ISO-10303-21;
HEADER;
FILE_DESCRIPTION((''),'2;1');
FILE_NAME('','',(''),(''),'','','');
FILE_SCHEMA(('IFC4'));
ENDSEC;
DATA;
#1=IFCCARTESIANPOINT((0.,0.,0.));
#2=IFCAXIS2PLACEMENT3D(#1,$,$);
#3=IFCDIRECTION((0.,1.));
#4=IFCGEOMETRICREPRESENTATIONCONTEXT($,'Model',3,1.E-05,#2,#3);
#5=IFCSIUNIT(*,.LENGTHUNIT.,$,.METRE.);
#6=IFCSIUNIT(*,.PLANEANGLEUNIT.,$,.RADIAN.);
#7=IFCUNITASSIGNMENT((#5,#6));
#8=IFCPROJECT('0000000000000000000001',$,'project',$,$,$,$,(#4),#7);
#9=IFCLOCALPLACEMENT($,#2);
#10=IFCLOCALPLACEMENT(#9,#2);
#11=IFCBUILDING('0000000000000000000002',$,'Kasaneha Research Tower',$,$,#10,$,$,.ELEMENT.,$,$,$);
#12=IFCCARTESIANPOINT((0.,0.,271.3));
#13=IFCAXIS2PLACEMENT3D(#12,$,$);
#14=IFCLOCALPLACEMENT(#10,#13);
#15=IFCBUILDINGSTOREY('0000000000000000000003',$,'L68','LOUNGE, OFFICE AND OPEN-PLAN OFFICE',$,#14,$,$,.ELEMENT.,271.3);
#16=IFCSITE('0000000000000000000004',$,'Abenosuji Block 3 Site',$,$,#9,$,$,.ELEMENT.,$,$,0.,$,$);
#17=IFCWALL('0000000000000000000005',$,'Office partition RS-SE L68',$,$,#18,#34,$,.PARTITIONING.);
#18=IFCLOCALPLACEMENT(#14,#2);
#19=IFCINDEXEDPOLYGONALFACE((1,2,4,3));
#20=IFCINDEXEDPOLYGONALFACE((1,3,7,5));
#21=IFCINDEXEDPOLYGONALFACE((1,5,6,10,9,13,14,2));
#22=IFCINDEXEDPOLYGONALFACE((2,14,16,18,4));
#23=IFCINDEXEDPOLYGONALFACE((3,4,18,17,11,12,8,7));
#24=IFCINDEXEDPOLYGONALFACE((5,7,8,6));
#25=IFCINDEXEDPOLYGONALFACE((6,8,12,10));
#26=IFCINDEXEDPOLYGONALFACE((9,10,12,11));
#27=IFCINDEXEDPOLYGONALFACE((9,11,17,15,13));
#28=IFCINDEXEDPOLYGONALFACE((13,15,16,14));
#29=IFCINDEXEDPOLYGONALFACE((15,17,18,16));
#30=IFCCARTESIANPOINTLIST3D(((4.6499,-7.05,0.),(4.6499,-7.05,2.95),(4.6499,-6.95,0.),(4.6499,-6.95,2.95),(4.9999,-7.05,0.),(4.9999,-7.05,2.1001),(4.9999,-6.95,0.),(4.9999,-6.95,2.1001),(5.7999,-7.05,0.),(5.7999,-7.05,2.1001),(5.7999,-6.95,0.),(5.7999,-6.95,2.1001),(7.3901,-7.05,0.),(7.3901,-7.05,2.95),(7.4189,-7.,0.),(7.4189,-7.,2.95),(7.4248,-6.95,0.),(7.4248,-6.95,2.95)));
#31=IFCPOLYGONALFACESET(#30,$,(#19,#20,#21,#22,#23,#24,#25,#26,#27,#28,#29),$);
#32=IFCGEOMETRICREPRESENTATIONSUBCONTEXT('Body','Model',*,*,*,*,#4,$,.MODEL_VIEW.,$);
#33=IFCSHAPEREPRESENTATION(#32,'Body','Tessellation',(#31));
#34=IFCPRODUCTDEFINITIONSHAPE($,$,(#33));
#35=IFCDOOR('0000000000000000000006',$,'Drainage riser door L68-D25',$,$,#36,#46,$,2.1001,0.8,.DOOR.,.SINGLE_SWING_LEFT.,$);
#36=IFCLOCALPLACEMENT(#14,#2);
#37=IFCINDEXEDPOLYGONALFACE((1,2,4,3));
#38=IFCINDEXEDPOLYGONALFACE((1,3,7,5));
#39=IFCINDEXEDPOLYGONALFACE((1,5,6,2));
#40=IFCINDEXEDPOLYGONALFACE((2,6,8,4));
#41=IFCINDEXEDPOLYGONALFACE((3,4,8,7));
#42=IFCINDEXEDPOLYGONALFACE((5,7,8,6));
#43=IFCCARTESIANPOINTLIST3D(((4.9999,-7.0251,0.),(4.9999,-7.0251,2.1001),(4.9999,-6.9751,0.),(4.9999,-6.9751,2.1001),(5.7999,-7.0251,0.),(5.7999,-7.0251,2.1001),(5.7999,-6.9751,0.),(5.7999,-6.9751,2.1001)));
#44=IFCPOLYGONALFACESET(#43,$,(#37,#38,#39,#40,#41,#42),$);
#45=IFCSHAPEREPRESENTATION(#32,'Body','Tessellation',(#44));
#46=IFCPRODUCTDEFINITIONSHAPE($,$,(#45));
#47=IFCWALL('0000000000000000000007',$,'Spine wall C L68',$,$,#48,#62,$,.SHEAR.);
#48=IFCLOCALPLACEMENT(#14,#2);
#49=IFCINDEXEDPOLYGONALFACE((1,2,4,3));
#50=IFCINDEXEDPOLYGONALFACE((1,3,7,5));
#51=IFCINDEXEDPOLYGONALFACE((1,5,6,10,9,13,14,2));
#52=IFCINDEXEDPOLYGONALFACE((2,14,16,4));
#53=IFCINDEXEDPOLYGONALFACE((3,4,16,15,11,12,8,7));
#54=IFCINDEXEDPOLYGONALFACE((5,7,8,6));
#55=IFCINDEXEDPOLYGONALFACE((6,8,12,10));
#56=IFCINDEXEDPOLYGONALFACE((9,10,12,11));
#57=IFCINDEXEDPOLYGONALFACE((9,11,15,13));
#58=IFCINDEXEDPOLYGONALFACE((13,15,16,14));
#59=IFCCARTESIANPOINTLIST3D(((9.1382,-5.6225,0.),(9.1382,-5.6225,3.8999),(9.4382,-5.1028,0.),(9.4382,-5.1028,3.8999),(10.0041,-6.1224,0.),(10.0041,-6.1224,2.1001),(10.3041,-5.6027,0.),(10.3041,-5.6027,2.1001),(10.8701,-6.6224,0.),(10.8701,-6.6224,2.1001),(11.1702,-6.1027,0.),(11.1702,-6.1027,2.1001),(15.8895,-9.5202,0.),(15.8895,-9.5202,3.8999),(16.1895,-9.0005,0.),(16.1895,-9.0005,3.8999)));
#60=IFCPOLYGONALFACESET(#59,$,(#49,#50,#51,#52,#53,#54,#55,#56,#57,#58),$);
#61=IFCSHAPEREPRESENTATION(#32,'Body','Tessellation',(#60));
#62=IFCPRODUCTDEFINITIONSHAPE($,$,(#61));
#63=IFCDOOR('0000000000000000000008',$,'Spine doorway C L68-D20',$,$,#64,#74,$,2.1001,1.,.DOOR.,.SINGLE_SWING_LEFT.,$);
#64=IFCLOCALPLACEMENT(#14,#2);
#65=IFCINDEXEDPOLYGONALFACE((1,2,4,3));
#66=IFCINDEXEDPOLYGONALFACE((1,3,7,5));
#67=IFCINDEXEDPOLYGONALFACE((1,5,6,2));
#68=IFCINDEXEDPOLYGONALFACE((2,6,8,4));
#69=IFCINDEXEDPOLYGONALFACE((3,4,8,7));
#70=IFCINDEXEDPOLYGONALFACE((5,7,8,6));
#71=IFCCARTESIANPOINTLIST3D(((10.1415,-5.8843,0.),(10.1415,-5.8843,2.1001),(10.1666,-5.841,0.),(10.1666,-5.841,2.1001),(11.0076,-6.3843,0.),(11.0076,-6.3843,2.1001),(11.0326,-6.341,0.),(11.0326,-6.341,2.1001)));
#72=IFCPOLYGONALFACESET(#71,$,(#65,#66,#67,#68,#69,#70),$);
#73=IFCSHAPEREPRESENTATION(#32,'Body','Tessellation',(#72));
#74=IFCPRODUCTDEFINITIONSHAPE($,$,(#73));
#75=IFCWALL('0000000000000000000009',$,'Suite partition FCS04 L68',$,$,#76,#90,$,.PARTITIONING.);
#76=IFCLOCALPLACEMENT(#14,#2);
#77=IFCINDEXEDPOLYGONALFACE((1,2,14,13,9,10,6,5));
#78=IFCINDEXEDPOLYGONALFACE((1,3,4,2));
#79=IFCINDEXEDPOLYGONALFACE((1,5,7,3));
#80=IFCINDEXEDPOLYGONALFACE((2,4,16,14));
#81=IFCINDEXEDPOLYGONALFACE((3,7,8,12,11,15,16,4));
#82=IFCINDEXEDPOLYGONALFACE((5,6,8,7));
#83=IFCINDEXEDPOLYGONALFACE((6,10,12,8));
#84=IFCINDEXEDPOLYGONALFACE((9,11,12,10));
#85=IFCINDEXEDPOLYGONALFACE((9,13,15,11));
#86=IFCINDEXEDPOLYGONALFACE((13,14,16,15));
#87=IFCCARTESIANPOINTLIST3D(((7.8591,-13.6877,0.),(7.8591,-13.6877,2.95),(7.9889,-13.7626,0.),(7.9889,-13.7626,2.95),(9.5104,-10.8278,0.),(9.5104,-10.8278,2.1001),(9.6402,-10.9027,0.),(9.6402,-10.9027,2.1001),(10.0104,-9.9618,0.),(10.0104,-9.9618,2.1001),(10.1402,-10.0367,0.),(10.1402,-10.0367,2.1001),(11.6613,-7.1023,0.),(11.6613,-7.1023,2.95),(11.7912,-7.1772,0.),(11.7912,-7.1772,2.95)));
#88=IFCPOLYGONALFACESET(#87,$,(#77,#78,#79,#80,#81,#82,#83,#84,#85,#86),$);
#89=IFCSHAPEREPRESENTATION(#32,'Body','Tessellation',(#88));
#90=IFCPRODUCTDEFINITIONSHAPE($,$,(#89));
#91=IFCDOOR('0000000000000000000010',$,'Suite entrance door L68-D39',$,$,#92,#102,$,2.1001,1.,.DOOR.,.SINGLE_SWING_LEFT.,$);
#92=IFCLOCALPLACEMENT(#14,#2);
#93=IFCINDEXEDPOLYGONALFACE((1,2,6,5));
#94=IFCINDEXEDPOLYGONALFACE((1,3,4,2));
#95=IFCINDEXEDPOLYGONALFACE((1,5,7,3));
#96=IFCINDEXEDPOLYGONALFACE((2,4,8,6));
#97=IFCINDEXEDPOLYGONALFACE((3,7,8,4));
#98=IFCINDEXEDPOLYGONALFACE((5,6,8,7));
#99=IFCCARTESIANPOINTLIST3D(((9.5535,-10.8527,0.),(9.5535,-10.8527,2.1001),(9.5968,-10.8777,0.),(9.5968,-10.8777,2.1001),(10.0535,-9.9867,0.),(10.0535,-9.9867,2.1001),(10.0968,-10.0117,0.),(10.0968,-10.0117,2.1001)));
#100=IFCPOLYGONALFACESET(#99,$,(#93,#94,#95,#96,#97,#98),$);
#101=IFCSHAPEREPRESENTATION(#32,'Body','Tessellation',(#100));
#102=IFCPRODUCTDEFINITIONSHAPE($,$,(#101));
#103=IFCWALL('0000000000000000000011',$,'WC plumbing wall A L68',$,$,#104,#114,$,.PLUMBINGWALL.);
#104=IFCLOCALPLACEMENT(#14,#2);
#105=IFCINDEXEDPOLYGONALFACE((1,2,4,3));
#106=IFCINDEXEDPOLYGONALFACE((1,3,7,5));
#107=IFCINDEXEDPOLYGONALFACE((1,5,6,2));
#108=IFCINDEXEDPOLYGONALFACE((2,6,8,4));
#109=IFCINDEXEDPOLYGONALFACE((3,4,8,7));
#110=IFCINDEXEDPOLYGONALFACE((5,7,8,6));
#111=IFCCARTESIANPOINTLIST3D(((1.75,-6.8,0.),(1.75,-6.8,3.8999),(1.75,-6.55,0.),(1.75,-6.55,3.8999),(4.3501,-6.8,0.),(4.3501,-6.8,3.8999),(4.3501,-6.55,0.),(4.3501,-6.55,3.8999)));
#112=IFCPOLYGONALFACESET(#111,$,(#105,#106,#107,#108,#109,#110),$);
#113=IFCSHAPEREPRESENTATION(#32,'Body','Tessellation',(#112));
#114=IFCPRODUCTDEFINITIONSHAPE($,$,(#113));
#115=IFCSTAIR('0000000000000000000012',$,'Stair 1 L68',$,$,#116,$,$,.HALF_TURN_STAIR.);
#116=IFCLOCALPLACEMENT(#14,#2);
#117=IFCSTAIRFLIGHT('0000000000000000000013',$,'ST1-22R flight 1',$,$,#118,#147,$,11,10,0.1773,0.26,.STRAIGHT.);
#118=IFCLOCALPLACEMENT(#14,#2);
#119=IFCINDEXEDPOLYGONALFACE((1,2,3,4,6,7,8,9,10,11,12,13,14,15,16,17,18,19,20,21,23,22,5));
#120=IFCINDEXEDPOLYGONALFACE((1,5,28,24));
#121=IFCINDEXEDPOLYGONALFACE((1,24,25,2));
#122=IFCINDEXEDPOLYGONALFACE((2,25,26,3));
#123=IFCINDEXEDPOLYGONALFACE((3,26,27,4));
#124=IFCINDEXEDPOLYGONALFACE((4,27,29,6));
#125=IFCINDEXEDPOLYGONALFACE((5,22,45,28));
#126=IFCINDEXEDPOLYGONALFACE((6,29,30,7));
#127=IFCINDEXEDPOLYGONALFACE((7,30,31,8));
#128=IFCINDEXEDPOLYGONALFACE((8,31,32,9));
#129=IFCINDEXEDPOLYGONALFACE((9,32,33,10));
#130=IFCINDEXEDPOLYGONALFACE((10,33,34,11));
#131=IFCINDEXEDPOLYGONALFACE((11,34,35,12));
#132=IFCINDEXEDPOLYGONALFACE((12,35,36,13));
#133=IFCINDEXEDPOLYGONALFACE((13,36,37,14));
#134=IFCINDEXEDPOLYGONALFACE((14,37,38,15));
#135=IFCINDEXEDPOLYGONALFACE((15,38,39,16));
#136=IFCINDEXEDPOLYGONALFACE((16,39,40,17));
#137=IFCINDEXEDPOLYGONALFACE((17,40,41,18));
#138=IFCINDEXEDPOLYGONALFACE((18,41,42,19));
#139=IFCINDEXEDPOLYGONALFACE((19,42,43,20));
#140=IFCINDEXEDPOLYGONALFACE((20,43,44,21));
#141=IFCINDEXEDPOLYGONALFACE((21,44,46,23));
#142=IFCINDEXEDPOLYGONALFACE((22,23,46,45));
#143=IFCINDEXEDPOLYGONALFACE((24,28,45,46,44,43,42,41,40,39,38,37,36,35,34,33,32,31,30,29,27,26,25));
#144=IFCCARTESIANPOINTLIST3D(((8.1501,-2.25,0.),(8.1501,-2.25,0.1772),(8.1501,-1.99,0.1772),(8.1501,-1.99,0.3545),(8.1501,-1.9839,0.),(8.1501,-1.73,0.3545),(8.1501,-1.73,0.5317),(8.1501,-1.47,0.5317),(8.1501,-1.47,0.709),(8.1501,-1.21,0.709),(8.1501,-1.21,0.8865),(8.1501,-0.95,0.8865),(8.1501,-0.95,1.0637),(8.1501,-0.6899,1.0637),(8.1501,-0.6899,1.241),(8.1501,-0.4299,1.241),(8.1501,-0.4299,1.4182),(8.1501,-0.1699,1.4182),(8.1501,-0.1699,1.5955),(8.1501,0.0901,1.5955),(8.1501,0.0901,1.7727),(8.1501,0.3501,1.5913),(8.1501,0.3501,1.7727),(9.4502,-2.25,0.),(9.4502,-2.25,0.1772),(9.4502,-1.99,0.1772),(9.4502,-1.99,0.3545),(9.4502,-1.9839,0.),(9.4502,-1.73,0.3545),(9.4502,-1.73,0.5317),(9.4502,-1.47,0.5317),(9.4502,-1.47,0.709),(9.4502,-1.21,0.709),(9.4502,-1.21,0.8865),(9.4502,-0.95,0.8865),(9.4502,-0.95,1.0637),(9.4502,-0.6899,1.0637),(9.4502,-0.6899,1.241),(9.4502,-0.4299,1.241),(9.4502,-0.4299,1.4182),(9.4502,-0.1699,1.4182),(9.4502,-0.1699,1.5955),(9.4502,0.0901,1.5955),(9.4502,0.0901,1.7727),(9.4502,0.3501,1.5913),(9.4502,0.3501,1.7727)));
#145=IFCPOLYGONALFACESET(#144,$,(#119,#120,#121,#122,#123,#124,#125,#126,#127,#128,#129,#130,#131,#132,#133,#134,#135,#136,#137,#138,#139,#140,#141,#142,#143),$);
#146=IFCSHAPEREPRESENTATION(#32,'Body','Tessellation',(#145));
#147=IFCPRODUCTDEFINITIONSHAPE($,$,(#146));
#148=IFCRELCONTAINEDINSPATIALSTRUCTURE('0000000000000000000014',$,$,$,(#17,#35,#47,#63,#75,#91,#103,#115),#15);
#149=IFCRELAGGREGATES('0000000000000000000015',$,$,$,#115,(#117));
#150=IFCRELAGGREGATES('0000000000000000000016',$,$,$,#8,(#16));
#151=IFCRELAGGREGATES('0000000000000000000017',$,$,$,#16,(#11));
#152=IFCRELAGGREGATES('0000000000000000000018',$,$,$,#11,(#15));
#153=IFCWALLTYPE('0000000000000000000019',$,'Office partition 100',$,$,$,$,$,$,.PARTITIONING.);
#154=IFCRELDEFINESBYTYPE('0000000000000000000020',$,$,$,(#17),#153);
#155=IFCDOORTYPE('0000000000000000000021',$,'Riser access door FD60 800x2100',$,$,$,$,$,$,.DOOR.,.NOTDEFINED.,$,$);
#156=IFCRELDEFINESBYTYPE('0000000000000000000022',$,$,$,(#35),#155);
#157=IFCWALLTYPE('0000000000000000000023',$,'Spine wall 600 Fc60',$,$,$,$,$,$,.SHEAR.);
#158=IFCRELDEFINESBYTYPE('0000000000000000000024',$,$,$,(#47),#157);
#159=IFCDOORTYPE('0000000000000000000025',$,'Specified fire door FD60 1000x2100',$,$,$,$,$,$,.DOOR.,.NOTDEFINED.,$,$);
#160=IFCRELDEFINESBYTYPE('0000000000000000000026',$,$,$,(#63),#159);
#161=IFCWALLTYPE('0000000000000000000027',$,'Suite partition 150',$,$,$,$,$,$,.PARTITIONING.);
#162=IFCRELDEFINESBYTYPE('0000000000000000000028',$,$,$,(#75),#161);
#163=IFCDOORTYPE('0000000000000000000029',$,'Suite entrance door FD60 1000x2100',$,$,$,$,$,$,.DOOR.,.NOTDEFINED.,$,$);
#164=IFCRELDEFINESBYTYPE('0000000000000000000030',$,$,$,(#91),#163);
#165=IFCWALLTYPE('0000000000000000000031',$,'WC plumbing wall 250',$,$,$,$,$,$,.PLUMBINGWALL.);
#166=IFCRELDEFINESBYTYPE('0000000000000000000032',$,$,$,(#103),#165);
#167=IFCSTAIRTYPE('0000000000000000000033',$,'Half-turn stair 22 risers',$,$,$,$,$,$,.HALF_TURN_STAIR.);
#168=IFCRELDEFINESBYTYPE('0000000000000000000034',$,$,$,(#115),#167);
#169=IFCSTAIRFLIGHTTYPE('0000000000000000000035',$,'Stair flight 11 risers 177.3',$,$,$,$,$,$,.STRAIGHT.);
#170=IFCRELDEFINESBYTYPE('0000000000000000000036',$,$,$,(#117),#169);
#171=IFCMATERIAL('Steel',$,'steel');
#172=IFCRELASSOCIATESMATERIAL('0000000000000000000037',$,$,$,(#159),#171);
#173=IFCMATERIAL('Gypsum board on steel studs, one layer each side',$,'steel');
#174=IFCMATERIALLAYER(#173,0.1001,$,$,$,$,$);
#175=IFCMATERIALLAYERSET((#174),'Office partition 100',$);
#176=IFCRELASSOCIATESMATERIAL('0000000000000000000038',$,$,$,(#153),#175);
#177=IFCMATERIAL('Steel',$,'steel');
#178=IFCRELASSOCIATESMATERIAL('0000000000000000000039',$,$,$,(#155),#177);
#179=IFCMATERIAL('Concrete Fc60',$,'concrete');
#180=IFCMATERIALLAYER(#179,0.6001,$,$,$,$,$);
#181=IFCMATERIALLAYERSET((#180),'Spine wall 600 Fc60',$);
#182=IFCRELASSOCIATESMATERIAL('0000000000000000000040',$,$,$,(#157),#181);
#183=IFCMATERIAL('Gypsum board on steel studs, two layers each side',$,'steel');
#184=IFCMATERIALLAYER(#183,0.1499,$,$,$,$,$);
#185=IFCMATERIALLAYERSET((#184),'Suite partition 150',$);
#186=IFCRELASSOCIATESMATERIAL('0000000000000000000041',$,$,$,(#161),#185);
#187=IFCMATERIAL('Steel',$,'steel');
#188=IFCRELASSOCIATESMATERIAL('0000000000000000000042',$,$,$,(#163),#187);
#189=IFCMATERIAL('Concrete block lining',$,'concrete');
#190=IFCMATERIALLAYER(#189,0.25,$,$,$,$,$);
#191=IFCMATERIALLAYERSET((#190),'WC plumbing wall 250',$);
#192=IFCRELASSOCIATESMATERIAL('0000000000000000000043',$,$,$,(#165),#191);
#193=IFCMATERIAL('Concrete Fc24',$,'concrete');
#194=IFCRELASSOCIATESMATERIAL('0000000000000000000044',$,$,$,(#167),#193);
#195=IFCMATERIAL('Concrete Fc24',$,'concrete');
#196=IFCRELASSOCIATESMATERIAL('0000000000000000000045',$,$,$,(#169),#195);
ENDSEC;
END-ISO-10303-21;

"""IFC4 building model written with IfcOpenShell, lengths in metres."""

from ifc_helpers import new_model, si_unit, direction, frame, frame_2d, origin, place, context, subcontext, project, spatial, polyline, rectangle, outline, extrude, material, layer, layer_set, type_object, element, fill, aggregate, save


model = new_model("IFC4")

# Units and contexts
model_context = context("Model", 3, precision=1e-05, world=origin(), true_north=direction((0.0, 1.0)))
body_context = subcontext(model_context, "Body", "Model", "MODEL_VIEW")
ifc_project = project(units=[si_unit("LENGTHUNIT", "METRE"), si_unit("PLANEANGLEUNIT", "RADIAN")], contexts=[model_context])

# Site, building, storey
site_placement = place(None, origin())
site = spatial("IfcSite", under=ifc_project, at=site_placement, Name="Abenosuji Block 3 Site", CompositionType="ELEMENT", RefElevation=0.0)
building_placement = place(site_placement, origin())
building = spatial("IfcBuilding", under=site, at=building_placement, Name="Kasaneha Research Tower", CompositionType="ELEMENT")
storey_placement = place(building_placement, frame((0.0, 0.0, 271.3)))
storey = spatial("IfcBuildingStorey", under=building, at=storey_placement, Name="L68", Description="LOUNGE, OFFICE AND OPEN-PLAN OFFICE", CompositionType="ELEMENT", Elevation=271.3)

# Shared definitions
ifc_material_1 = material(Name="Steel", Category="steel")
door_type_1 = type_object("IfcDoorType", Name="Specified fire door FD60 1000x2100", OperationType="NOTDEFINED", PredefinedType="DOOR", material=ifc_material_1)

# Walls, openings, doors
ifc_material_2 = material(Name="Gypsum board on steel studs, one layer each side", Category="steel")
ifc_layer_1 = layer(ifc_material_2, 0.1001)
ifc_layer_set_1 = layer_set([ifc_layer_1], Name="Office partition 100")
wall_type_1 = type_object("IfcWallType", Name="Office partition 100", PredefinedType="PARTITIONING", material=ifc_layer_set_1)
wall_1_placement = place(storey_placement, frame((4.6499, -7.0, 0.0), z_axis=(0.0, 0.0, 1.0), x_axis=(1.0, 0.0, 0.0)))
wall_1 = element("IfcWall", 1, at=wall_1_placement, inside=storey, type_object=wall_type_1, Name="Office partition RS-SE L68", PredefinedType="PARTITIONING", context=body_context, shape_type="SweptSolid", body=[
    extrude(outline(polyline([(0.0, -0.05), (0.3501, -0.05), (1.1501, -0.05), (2.7402, -0.05), (2.769, 0.0), (2.7749, 0.05), (1.1501, 0.05), (0.3501, 0.05), (0.0, 0.05), (0.0, -0.05)])), origin(), (0.0, 0.0, 1.0), 2.95),
])
opening_1_placement = place(wall_1_placement, frame((0.3501, 0.0, 0.0)))
opening_1 = element("IfcOpeningElement", 2, at=opening_1_placement, cuts=wall_1, PredefinedType="OPENING", context=body_context, shape_type="SweptSolid", body=[
    extrude(rectangle(XDim=0.8, YDim=2.1001, at=frame_2d((0.3999, 1.05))), frame((0.0, 0.0601, 0.0), z_axis=(0.0, -1.0, 0.0), x_axis=(1.0, 0.0, 0.0)), (0.0, 0.0, 1.0), 0.1201),
])
ifc_material_3 = material(Name="Steel", Category="steel")
door_type_2 = type_object("IfcDoorType", Name="Riser access door FD60 800x2100", OperationType="NOTDEFINED", PredefinedType="DOOR", material=ifc_material_3)
door_1_placement = place(opening_1_placement, origin())
door_1 = element("IfcDoor", 3, at=door_1_placement, inside=storey, type_object=door_type_2, Name="Drainage riser door L68-D25", OperationType="SINGLE_SWING_LEFT", OverallHeight=2.1001, OverallWidth=0.8, PredefinedType="DOOR", context=body_context, shape_type="SweptSolid", body=[
    extrude(rectangle(XDim=0.8, YDim=2.1001, at=frame_2d((0.3999, 1.05))), frame((0.0, 0.0249, 0.0), z_axis=(0.0, -1.0, 0.0), x_axis=(1.0, 0.0, 0.0)), (0.0, 0.0, 1.0), 0.05),
])
fill(opening_1, door_1)
ifc_material_4 = material(Name="Concrete Fc60", Category="concrete")
ifc_layer_2 = layer(ifc_material_4, 0.6001)
ifc_layer_set_2 = layer_set([ifc_layer_2], Name="Spine wall 600 Fc60")
wall_type_2 = type_object("IfcWallType", Name="Spine wall 600 Fc60", PredefinedType="SHEAR", material=ifc_layer_set_2)
wall_2_placement = place(storey_placement, frame((9.2881, -5.3625, 0.0), z_axis=(0.0, 0.0, 1.0), x_axis=(0.866032, -0.499989, 0.0)))
wall_2 = element("IfcWall", 4, at=wall_2_placement, inside=storey, type_object=wall_type_2, Name="Spine wall C L68", PredefinedType="SHEAR", context=body_context, shape_type="SweptSolid", body=[
    extrude(rectangle(XDim=7.7957, YDim=0.6001, at=frame_2d((3.8979, 0.0))), origin(), (0.0, 0.0, 1.0), 3.8999),
])
opening_2_placement = place(wall_2_placement, frame((1.0, 0.0, 0.0)))
opening_2 = element("IfcOpeningElement", 5, at=opening_2_placement, cuts=wall_2, PredefinedType="OPENING", context=body_context, shape_type="SweptSolid", body=[
    extrude(rectangle(XDim=1.0, YDim=2.1001, at=frame_2d((0.5, 1.05))), frame((0.0, 0.3101, 0.0), z_axis=(0.0, -1.0, 0.0), x_axis=(1.0, 0.0, 0.0)), (0.0, 0.0, 1.0), 0.6201),
])
door_2_placement = place(opening_2_placement, origin())
door_2 = element("IfcDoor", 6, at=door_2_placement, inside=storey, type_object=door_type_1, Name="Spine doorway C L68-D20", OperationType="SINGLE_SWING_LEFT", OverallHeight=2.1001, OverallWidth=1.0, PredefinedType="DOOR", context=body_context, shape_type="SweptSolid", body=[
    extrude(rectangle(XDim=1.0, YDim=2.1001, at=frame_2d((0.5, 1.05))), frame((0.0, 0.0249, 0.0), z_axis=(0.0, -1.0, 0.0), x_axis=(1.0, 0.0, 0.0)), (0.0, 0.0, 1.0), 0.05),
])
fill(opening_2, door_2)
ifc_material_5 = material(Name="Gypsum board on steel studs, two layers each side", Category="steel")
ifc_layer_3 = layer(ifc_material_5, 0.1499)
ifc_layer_set_3 = layer_set([ifc_layer_3], Name="Suite partition 150")
wall_type_3 = type_object("IfcWallType", Name="Suite partition 150", PredefinedType="PARTITIONING", material=ifc_layer_set_3)
wall_3_placement = place(storey_placement, frame((11.7263, -7.1396, 0.0), z_axis=(0.0, 0.0, 1.0), x_axis=(-0.500013, -0.866018, 0.0)))
wall_3 = element("IfcWall", 7, at=wall_3_placement, inside=storey, type_object=wall_type_3, Name="Suite partition FCS04 L68", PredefinedType="PARTITIONING", context=body_context, shape_type="SweptSolid", body=[
    extrude(rectangle(XDim=7.6042, YDim=0.1499, at=frame_2d((3.8022, 0.0))), origin(), (0.0, 0.0, 1.0), 2.95),
])
opening_3_placement = place(wall_3_placement, frame((3.302, 0.0, 0.0)))
opening_3 = element("IfcOpeningElement", 8, at=opening_3_placement, cuts=wall_3, PredefinedType="OPENING", context=body_context, shape_type="SweptSolid", body=[
    extrude(rectangle(XDim=1.0, YDim=2.1001, at=frame_2d((0.5, 1.05))), frame((0.0, 0.085, 0.0), z_axis=(0.0, -1.0, 0.0), x_axis=(1.0, 0.0, 0.0)), (0.0, 0.0, 1.0), 0.1699),
])
ifc_material_6 = material(Name="Steel", Category="steel")
door_type_3 = type_object("IfcDoorType", Name="Suite entrance door FD60 1000x2100", OperationType="NOTDEFINED", PredefinedType="DOOR", material=ifc_material_6)
door_3_placement = place(opening_3_placement, origin())
door_3 = element("IfcDoor", 9, at=door_3_placement, inside=storey, type_object=door_type_3, Name="Suite entrance door L68-D39", OperationType="SINGLE_SWING_LEFT", OverallHeight=2.1001, OverallWidth=1.0, PredefinedType="DOOR", context=body_context, shape_type="SweptSolid", body=[
    extrude(rectangle(XDim=1.0, YDim=2.1001, at=frame_2d((0.5, 1.05))), frame((0.0, 0.0249, 0.0), z_axis=(0.0, -1.0, 0.0), x_axis=(1.0, 0.0, 0.0)), (0.0, 0.0, 1.0), 0.05),
])
fill(opening_3, door_3)

# Wall
ifc_material_7 = material(Name="Concrete block lining", Category="concrete")
ifc_layer_4 = layer(ifc_material_7, 0.25)
ifc_layer_set_4 = layer_set([ifc_layer_4], Name="WC plumbing wall 250")
wall_type_4 = type_object("IfcWallType", Name="WC plumbing wall 250", PredefinedType="PLUMBINGWALL", material=ifc_layer_set_4)
wall_4_placement = place(storey_placement, frame((1.75, -6.675, 0.0), z_axis=(0.0, 0.0, 1.0), x_axis=(1.0, 0.0, 0.0)))
element("IfcWall", 10, at=wall_4_placement, inside=storey, type_object=wall_type_4, Name="WC plumbing wall A L68", PredefinedType="PLUMBINGWALL", context=body_context, shape_type="SweptSolid", body=[
    extrude(rectangle(XDim=2.6001, YDim=0.25, at=frame_2d((1.3, 0.0))), origin(), (0.0, 0.0, 1.0), 3.8999),
])

# Stair, stair flight
ifc_material_8 = material(Name="Concrete Fc24", Category="concrete")
stair_type = type_object("IfcStairType", Name="Half-turn stair 22 risers", PredefinedType="HALF_TURN_STAIR", material=ifc_material_8)
stair_placement = place(storey_placement, origin())
stair = element("IfcStair", 11, at=stair_placement, inside=storey, type_object=stair_type, Name="Stair 1 L68", PredefinedType="HALF_TURN_STAIR")
ifc_material_9 = material(Name="Concrete Fc24", Category="concrete")
stair_flight_type = type_object("IfcStairFlightType", Name="Stair flight 11 risers 177.3", PredefinedType="STRAIGHT", material=ifc_material_9)
stair_flight_placement = place(storey_placement, frame((8.8, -2.25, 0.0), z_axis=(0.0, 0.0, 1.0), x_axis=(0.0, 1.0, 0.0)))
stair_flight = element("IfcStairFlight", 12, at=stair_flight_placement, type_object=stair_flight_type, Name="ST1-22R flight 1", NumberOfRisers=11, NumberOfTreads=10, PredefinedType="STRAIGHT", RiserHeight=0.1773, TreadLength=0.26, context=body_context, shape_type="SweptSolid", body=[
    extrude(outline(polyline([(0.0, 0.0), (0.0, 0.1772), (0.26, 0.1772), (0.26, 0.3545), (0.52, 0.3545), (0.52, 0.5317), (0.78, 0.5317), (0.78, 0.709), (1.04, 0.709), (1.04, 0.8865), (1.3, 0.8865), (1.3, 1.0637), (1.5601, 1.0637), (1.5601, 1.241), (1.8201, 1.241), (1.8201, 1.4182), (2.0801, 1.4182), (2.0801, 1.5955), (2.3401, 1.5955), (2.3401, 1.7727), (2.6001, 1.7727), (2.6001, 1.95), (2.6001, 1.5913), (0.2661, 0.0), (0.0, 0.0)])), frame((0.0, 0.6499, 0.0), z_axis=(0.0, -1.0, 0.0), x_axis=(1.0, 0.0, 0.0)), (0.0, 0.0, 1.0), 1.3),
])
aggregate(stair, [stair_flight])

save(model, "model.ifc")
